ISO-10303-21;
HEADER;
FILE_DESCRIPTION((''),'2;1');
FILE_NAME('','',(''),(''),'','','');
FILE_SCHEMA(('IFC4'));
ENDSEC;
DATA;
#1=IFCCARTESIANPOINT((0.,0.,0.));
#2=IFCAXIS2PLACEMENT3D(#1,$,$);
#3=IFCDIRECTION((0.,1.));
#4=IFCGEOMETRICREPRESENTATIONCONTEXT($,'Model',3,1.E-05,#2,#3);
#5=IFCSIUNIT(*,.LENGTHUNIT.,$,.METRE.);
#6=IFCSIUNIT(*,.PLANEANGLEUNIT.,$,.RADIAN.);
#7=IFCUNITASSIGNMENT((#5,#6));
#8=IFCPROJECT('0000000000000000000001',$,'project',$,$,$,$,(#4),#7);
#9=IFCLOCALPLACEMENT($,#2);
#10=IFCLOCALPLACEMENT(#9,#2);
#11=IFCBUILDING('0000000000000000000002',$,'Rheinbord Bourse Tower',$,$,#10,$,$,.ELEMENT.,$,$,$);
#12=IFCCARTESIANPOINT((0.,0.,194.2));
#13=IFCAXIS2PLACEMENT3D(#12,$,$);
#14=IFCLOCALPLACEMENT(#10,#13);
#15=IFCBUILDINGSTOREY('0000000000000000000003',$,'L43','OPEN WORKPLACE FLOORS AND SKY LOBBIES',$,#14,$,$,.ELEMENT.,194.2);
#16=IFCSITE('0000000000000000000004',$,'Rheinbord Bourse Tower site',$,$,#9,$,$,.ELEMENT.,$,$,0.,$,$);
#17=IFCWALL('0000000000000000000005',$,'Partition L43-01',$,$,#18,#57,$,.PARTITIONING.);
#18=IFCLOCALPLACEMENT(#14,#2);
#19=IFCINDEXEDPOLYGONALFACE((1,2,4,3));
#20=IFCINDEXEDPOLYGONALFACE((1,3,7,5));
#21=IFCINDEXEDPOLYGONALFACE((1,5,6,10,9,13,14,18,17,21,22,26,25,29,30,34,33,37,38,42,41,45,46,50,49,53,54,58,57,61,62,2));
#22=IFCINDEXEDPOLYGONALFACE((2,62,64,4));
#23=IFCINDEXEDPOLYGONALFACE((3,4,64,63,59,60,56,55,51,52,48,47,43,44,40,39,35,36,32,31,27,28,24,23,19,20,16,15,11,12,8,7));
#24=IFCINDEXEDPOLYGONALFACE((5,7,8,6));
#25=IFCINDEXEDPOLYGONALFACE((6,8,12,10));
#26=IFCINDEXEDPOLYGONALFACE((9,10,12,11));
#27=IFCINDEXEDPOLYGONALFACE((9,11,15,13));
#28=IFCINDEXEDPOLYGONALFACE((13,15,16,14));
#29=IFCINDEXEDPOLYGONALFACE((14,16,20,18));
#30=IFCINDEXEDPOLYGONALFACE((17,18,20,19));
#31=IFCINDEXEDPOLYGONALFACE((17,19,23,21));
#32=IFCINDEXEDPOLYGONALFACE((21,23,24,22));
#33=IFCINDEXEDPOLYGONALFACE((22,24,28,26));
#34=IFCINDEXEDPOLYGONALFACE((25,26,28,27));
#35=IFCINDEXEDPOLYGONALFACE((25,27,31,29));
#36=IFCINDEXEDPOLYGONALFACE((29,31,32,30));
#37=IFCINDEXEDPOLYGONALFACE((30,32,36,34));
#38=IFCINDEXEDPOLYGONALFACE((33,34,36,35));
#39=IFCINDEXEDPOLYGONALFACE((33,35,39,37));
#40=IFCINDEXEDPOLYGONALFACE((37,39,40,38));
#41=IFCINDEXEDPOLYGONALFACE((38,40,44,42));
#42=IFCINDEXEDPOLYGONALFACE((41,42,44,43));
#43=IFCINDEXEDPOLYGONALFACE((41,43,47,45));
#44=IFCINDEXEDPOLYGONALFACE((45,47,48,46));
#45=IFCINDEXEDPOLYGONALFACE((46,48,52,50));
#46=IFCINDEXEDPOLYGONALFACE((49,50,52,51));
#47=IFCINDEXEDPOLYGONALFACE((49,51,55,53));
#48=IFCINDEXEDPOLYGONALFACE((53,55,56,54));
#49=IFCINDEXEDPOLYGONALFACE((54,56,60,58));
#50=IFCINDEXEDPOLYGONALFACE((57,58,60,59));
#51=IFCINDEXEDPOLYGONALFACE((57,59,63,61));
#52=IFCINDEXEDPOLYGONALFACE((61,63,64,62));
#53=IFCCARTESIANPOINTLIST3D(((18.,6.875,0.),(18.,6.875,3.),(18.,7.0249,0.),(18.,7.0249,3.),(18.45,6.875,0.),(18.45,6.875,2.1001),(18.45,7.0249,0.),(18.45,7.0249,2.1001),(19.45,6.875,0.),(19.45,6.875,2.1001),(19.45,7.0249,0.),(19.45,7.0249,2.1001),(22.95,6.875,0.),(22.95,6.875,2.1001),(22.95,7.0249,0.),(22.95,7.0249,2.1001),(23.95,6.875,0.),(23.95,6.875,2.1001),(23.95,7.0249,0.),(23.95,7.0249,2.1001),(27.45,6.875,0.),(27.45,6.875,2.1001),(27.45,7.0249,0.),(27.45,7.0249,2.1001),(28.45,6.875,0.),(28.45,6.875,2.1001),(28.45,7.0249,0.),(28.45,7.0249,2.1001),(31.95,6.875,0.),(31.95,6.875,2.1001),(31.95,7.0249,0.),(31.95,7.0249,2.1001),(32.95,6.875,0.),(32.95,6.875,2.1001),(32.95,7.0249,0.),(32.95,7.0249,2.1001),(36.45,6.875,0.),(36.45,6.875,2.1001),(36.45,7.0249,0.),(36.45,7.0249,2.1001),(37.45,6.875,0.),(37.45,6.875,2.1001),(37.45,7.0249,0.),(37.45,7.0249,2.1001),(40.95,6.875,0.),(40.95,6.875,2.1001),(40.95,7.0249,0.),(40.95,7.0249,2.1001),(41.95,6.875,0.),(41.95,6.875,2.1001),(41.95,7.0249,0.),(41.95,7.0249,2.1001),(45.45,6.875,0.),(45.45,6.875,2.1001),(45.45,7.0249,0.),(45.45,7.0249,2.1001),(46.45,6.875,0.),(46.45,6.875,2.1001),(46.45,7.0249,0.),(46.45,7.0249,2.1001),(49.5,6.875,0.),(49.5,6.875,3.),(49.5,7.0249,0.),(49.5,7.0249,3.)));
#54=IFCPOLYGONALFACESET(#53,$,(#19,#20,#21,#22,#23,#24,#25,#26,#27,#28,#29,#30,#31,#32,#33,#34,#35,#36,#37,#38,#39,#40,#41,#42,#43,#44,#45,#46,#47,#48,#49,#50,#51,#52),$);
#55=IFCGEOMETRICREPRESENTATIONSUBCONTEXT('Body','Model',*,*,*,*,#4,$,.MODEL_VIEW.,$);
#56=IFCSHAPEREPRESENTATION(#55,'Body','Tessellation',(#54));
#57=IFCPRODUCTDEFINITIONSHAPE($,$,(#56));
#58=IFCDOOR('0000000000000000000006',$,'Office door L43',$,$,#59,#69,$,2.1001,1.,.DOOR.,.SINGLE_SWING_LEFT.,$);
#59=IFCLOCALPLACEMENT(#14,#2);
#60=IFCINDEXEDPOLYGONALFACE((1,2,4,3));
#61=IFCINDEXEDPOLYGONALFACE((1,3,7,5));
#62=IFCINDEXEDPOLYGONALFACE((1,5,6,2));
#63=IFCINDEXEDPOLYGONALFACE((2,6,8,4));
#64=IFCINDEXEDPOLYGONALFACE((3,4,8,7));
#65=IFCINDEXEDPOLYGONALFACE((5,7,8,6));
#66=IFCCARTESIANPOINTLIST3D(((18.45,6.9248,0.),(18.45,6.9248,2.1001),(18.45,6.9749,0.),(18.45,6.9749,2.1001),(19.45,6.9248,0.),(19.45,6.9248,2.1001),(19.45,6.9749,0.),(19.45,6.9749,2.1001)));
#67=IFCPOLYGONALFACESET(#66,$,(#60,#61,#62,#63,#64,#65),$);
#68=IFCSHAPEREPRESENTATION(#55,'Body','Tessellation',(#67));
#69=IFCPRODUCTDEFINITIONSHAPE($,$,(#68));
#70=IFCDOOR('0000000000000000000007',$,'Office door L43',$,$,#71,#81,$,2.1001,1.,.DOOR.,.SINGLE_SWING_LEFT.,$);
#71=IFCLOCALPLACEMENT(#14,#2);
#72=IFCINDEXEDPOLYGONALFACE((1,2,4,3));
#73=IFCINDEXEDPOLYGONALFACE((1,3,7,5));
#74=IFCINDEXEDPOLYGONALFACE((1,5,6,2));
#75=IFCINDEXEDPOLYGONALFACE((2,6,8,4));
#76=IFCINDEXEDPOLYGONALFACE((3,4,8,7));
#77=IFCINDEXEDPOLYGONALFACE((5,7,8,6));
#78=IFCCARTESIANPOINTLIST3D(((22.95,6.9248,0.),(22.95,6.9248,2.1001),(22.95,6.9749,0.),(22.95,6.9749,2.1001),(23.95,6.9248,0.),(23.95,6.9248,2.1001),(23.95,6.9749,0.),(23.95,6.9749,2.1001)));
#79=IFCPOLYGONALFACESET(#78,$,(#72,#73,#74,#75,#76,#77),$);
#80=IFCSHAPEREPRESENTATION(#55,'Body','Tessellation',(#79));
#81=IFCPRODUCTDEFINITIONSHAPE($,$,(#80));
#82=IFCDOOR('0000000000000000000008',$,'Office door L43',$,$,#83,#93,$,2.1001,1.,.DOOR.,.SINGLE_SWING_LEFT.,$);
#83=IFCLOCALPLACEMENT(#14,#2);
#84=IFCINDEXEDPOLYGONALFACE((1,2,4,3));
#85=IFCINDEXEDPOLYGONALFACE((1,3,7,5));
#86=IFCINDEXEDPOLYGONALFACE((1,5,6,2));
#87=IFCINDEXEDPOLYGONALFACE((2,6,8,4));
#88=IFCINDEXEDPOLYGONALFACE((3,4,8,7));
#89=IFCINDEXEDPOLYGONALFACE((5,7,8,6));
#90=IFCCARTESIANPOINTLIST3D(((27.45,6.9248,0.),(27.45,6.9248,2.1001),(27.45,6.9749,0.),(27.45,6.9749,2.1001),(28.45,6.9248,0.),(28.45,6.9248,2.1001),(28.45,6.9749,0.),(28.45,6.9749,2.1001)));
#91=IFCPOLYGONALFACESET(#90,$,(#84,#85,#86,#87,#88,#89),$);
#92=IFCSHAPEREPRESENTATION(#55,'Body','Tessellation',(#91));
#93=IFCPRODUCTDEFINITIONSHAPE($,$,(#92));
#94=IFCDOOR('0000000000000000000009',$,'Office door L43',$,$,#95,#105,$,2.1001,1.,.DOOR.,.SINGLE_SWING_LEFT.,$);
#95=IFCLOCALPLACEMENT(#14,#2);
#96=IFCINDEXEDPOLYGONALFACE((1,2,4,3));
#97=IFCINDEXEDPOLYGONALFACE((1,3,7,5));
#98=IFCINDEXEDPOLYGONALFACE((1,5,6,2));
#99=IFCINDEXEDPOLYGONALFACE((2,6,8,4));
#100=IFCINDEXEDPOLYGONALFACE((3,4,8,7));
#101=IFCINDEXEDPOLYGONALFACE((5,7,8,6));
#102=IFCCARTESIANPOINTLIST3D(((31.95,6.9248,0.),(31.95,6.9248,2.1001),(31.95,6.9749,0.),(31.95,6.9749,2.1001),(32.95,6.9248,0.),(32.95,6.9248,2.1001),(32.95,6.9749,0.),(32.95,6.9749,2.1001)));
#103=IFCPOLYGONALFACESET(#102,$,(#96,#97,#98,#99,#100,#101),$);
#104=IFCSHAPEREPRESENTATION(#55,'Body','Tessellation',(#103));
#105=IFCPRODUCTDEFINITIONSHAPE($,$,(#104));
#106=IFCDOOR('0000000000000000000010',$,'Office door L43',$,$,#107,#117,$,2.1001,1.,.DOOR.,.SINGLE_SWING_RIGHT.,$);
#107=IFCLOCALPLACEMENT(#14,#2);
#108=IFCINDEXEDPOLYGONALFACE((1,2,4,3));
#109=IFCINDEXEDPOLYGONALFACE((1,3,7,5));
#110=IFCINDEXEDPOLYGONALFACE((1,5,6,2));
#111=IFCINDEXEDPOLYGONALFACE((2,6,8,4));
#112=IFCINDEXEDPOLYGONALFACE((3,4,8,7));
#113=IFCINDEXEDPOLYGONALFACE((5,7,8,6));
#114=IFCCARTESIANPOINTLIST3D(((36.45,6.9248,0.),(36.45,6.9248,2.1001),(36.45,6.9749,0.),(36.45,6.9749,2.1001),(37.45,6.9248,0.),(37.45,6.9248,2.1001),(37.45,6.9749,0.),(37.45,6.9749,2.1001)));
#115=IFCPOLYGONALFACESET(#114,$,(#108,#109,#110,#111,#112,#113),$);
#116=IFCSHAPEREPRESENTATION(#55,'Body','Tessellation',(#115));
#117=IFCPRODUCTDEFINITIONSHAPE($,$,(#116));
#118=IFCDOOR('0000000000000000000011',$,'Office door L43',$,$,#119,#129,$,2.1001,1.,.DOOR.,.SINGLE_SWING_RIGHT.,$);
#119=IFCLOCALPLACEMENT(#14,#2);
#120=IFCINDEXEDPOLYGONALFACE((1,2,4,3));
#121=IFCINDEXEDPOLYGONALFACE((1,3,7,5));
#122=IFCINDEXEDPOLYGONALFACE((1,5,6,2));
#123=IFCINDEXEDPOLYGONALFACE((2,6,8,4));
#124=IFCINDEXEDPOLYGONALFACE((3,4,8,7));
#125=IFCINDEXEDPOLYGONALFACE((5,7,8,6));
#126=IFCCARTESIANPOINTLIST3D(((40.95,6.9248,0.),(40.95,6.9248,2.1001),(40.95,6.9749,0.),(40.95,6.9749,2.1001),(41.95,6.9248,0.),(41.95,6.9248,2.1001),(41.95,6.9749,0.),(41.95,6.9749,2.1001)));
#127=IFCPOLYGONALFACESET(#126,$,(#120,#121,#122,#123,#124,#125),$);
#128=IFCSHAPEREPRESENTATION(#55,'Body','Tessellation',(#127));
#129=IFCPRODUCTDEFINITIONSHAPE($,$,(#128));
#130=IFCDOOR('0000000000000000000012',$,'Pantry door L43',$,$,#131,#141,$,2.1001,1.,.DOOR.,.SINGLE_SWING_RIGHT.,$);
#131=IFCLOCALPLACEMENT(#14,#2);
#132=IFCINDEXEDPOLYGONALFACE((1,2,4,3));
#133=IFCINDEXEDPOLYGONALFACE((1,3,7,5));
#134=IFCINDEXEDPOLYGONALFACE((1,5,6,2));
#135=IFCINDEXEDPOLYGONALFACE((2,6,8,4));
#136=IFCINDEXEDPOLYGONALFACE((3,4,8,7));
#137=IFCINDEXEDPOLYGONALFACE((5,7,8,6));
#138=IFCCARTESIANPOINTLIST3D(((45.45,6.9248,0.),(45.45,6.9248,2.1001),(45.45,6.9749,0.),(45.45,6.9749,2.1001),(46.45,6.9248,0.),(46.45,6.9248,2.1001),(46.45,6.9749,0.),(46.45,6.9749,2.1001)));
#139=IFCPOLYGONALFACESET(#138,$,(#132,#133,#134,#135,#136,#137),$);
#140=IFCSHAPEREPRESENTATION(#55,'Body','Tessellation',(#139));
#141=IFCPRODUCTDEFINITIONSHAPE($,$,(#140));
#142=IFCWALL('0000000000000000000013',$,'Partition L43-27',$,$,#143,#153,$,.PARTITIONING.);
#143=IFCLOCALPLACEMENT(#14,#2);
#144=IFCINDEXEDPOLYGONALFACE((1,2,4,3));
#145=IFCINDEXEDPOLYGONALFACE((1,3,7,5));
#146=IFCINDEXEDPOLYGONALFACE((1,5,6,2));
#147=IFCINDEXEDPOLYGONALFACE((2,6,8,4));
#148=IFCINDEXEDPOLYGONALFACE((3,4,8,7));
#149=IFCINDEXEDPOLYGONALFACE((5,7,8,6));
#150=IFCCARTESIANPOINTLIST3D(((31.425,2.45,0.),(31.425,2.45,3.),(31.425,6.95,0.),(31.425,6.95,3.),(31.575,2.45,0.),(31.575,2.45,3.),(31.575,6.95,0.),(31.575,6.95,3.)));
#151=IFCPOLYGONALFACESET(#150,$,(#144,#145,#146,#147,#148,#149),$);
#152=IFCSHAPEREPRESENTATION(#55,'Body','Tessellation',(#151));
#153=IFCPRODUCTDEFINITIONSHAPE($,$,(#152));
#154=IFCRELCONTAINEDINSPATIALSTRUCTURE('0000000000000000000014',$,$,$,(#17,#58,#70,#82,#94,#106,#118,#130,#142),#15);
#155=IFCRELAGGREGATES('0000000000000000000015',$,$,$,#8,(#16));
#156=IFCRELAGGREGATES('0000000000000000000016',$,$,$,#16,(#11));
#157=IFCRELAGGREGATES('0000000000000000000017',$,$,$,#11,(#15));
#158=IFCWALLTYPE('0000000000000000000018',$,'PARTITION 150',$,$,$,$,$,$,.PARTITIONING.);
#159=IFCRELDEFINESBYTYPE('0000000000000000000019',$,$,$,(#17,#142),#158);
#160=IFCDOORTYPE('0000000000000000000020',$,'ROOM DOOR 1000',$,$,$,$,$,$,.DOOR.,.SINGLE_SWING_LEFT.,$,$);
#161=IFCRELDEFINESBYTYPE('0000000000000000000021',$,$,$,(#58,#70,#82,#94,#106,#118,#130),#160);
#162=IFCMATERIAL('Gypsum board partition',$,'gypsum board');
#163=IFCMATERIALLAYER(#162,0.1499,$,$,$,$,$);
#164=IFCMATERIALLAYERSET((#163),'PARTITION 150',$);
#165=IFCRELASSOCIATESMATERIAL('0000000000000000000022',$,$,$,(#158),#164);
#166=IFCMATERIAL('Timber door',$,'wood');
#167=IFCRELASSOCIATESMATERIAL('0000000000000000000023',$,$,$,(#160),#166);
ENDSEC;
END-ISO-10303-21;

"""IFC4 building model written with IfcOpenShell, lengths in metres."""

from ifc_helpers import new_model, si_unit, direction, frame, frame_2d, origin, place, context, subcontext, project, spatial, rectangle, extrude, material, layer, layer_set, type_object, element, fill, save


model = new_model("IFC4")

# Units and contexts
model_context = context("Model", 3, precision=1e-05, world=origin(), true_north=direction((0.0, 1.0)))
body_context = subcontext(model_context, "Body", "Model", "MODEL_VIEW")
ifc_project = project(units=[si_unit("LENGTHUNIT", "METRE"), si_unit("PLANEANGLEUNIT", "RADIAN")], contexts=[model_context])

# Site, building, storey
site_placement = place(None, origin())
site = spatial("IfcSite", under=ifc_project, at=site_placement, Name="Rheinbord Bourse Tower site", CompositionType="ELEMENT", RefElevation=0.0)
building_placement = place(site_placement, origin())
building = spatial("IfcBuilding", under=site, at=building_placement, Name="Rheinbord Bourse Tower", CompositionType="ELEMENT")
storey_placement = place(building_placement, frame((0.0, 0.0, 194.2)))
storey = spatial("IfcBuildingStorey", under=building, at=storey_placement, Name="L43", Description="OPEN WORKPLACE FLOORS AND SKY LOBBIES", CompositionType="ELEMENT", Elevation=194.2)

# Wall, openings, doors
ifc_material_1 = material(Name="Gypsum board partition", Category="gypsum board")
ifc_layer_1 = layer(ifc_material_1, 0.1499)
ifc_layer_set_1 = layer_set([ifc_layer_1], Name="PARTITION 150")
wall_type_1 = type_object("IfcWallType", Name="PARTITION 150", PredefinedType="PARTITIONING", material=ifc_layer_set_1)
wall_1_placement = place(storey_placement, frame((18.0, 6.95, 0.0), z_axis=(0.0, 0.0, 1.0), x_axis=(1.0, 0.0, 0.0)))
wall_1 = element("IfcWall", 1, at=wall_1_placement, inside=storey, type_object=wall_type_1, Name="Partition L43-01", PredefinedType="PARTITIONING", context=body_context, shape_type="SweptSolid", body=[
    extrude(rectangle(XDim=31.5, YDim=0.1499, at=frame_2d((15.75, 0.0))), origin(), (0.0, 0.0, 1.0), 3.0),
])
opening_1_placement = place(wall_1_placement, frame((0.45, 0.0, 0.0)))
opening_1 = element("IfcOpeningElement", 2, at=opening_1_placement, cuts=wall_1, PredefinedType="OPENING", context=body_context, shape_type="SweptSolid", body=[
    extrude(rectangle(XDim=1.0, YDim=2.1001, at=frame_2d((0.5, 1.05))), frame((0.0, 0.085, 0.0), z_axis=(0.0, -1.0, 0.0), x_axis=(1.0, 0.0, 0.0)), (0.0, 0.0, 1.0), 0.1699),
])
opening_2_placement = place(wall_1_placement, frame((4.95, 0.0, 0.0)))
opening_2 = element("IfcOpeningElement", 3, at=opening_2_placement, cuts=wall_1, PredefinedType="OPENING", context=body_context, shape_type="SweptSolid", body=[
    extrude(rectangle(XDim=1.0, YDim=2.1001, at=frame_2d((0.5, 1.05))), frame((0.0, 0.085, 0.0), z_axis=(0.0, -1.0, 0.0), x_axis=(1.0, 0.0, 0.0)), (0.0, 0.0, 1.0), 0.1699),
])
opening_3_placement = place(wall_1_placement, frame((9.45, 0.0, 0.0)))
opening_3 = element("IfcOpeningElement", 4, at=opening_3_placement, cuts=wall_1, PredefinedType="OPENING", context=body_context, shape_type="SweptSolid", body=[
    extrude(rectangle(XDim=1.0, YDim=2.1001, at=frame_2d((0.5, 1.05))), frame((0.0, 0.085, 0.0), z_axis=(0.0, -1.0, 0.0), x_axis=(1.0, 0.0, 0.0)), (0.0, 0.0, 1.0), 0.1699),
])
opening_4_placement = place(wall_1_placement, frame((13.95, 0.0, 0.0)))
opening_4 = element("IfcOpeningElement", 5, at=opening_4_placement, cuts=wall_1, PredefinedType="OPENING", context=body_context, shape_type="SweptSolid", body=[
    extrude(rectangle(XDim=1.0, YDim=2.1001, at=frame_2d((0.5, 1.05))), frame((0.0, 0.085, 0.0), z_axis=(0.0, -1.0, 0.0), x_axis=(1.0, 0.0, 0.0)), (0.0, 0.0, 1.0), 0.1699),
])
opening_5_placement = place(wall_1_placement, frame((18.45, 0.0, 0.0)))
opening_5 = element("IfcOpeningElement", 6, at=opening_5_placement, cuts=wall_1, PredefinedType="OPENING", context=body_context, shape_type="SweptSolid", body=[
    extrude(rectangle(XDim=1.0, YDim=2.1001, at=frame_2d((0.5, 1.05))), frame((0.0, 0.085, 0.0), z_axis=(0.0, -1.0, 0.0), x_axis=(1.0, 0.0, 0.0)), (0.0, 0.0, 1.0), 0.1699),
])
opening_6_placement = place(wall_1_placement, frame((22.95, 0.0, 0.0)))
opening_6 = element("IfcOpeningElement", 7, at=opening_6_placement, cuts=wall_1, PredefinedType="OPENING", context=body_context, shape_type="SweptSolid", body=[
    extrude(rectangle(XDim=1.0, YDim=2.1001, at=frame_2d((0.5, 1.05))), frame((0.0, 0.085, 0.0), z_axis=(0.0, -1.0, 0.0), x_axis=(1.0, 0.0, 0.0)), (0.0, 0.0, 1.0), 0.1699),
])
opening_7_placement = place(wall_1_placement, frame((27.45, 0.0, 0.0)))
opening_7 = element("IfcOpeningElement", 8, at=opening_7_placement, cuts=wall_1, PredefinedType="OPENING", context=body_context, shape_type="SweptSolid", body=[
    extrude(rectangle(XDim=1.0, YDim=2.1001, at=frame_2d((0.5, 1.05))), frame((0.0, 0.085, 0.0), z_axis=(0.0, -1.0, 0.0), x_axis=(1.0, 0.0, 0.0)), (0.0, 0.0, 1.0), 0.1699),
])
ifc_material_2 = material(Name="Timber door", Category="wood")
door_type_1 = type_object("IfcDoorType", Name="ROOM DOOR 1000", OperationType="SINGLE_SWING_LEFT", PredefinedType="DOOR", material=ifc_material_2)
door_1_placement = place(opening_1_placement, origin())
door_1 = element("IfcDoor", 9, at=door_1_placement, inside=storey, type_object=door_type_1, Name="Office door L43", OperationType="SINGLE_SWING_LEFT", OverallHeight=2.1001, OverallWidth=1.0, PredefinedType="DOOR", context=body_context, shape_type="SweptSolid", body=[
    extrude(rectangle(XDim=1.0, YDim=2.1001, at=frame_2d((0.5, 1.05))), frame((0.0, 0.0249, 0.0), z_axis=(0.0, -1.0, 0.0), x_axis=(1.0, 0.0, 0.0)), (0.0, 0.0, 1.0), 0.05),
])
fill(opening_1, door_1)
door_2_placement = place(opening_2_placement, origin())
door_2 = element("IfcDoor", 10, at=door_2_placement, inside=storey, type_object=door_type_1, Name="Office door L43", OperationType="SINGLE_SWING_LEFT", OverallHeight=2.1001, OverallWidth=1.0, PredefinedType="DOOR", context=body_context, shape_type="SweptSolid", body=[
    extrude(rectangle(XDim=1.0, YDim=2.1001, at=frame_2d((0.5, 1.05))), frame((0.0, 0.0249, 0.0), z_axis=(0.0, -1.0, 0.0), x_axis=(1.0, 0.0, 0.0)), (0.0, 0.0, 1.0), 0.05),
])
fill(opening_2, door_2)
door_3_placement = place(opening_3_placement, origin())
door_3 = element("IfcDoor", 11, at=door_3_placement, inside=storey, type_object=door_type_1, Name="Office door L43", OperationType="SINGLE_SWING_LEFT", OverallHeight=2.1001, OverallWidth=1.0, PredefinedType="DOOR", context=body_context, shape_type="SweptSolid", body=[
    extrude(rectangle(XDim=1.0, YDim=2.1001, at=frame_2d((0.5, 1.05))), frame((0.0, 0.0249, 0.0), z_axis=(0.0, -1.0, 0.0), x_axis=(1.0, 0.0, 0.0)), (0.0, 0.0, 1.0), 0.05),
])
fill(opening_3, door_3)
door_4_placement = place(opening_4_placement, origin())
door_4 = element("IfcDoor", 12, at=door_4_placement, inside=storey, type_object=door_type_1, Name="Office door L43", OperationType="SINGLE_SWING_LEFT", OverallHeight=2.1001, OverallWidth=1.0, PredefinedType="DOOR", context=body_context, shape_type="SweptSolid", body=[
    extrude(rectangle(XDim=1.0, YDim=2.1001, at=frame_2d((0.5, 1.05))), frame((0.0, 0.0249, 0.0), z_axis=(0.0, -1.0, 0.0), x_axis=(1.0, 0.0, 0.0)), (0.0, 0.0, 1.0), 0.05),
])
fill(opening_4, door_4)
door_5_placement = place(opening_5_placement, origin())
door_5 = element("IfcDoor", 13, at=door_5_placement, inside=storey, type_object=door_type_1, Name="Office door L43", OperationType="SINGLE_SWING_RIGHT", OverallHeight=2.1001, OverallWidth=1.0, PredefinedType="DOOR", context=body_context, shape_type="SweptSolid", body=[
    extrude(rectangle(XDim=1.0, YDim=2.1001, at=frame_2d((0.5, 1.05))), frame((0.0, 0.0249, 0.0), z_axis=(0.0, -1.0, 0.0), x_axis=(1.0, 0.0, 0.0)), (0.0, 0.0, 1.0), 0.05),
])
fill(opening_5, door_5)
door_6_placement = place(opening_6_placement, origin())
door_6 = element("IfcDoor", 14, at=door_6_placement, inside=storey, type_object=door_type_1, Name="Office door L43", OperationType="SINGLE_SWING_RIGHT", OverallHeight=2.1001, OverallWidth=1.0, PredefinedType="DOOR", context=body_context, shape_type="SweptSolid", body=[
    extrude(rectangle(XDim=1.0, YDim=2.1001, at=frame_2d((0.5, 1.05))), frame((0.0, 0.0249, 0.0), z_axis=(0.0, -1.0, 0.0), x_axis=(1.0, 0.0, 0.0)), (0.0, 0.0, 1.0), 0.05),
])
fill(opening_6, door_6)
door_7_placement = place(opening_7_placement, origin())
door_7 = element("IfcDoor", 15, at=door_7_placement, inside=storey, type_object=door_type_1, Name="Pantry door L43", OperationType="SINGLE_SWING_RIGHT", OverallHeight=2.1001, OverallWidth=1.0, PredefinedType="DOOR", context=body_context, shape_type="SweptSolid", body=[
    extrude(rectangle(XDim=1.0, YDim=2.1001, at=frame_2d((0.5, 1.05))), frame((0.0, 0.0249, 0.0), z_axis=(0.0, -1.0, 0.0), x_axis=(1.0, 0.0, 0.0)), (0.0, 0.0, 1.0), 0.05),
])
fill(opening_7, door_7)

# Wall
wall_2_placement = place(storey_placement, frame((31.5, 2.45, 0.0), z_axis=(0.0, 0.0, 1.0), x_axis=(0.0, 1.0, 0.0)))
element("IfcWall", 16, at=wall_2_placement, inside=storey, type_object=wall_type_1, Name="Partition L43-27", PredefinedType="PARTITIONING", context=body_context, shape_type="SweptSolid", body=[
    extrude(rectangle(XDim=4.5, YDim=0.1499, at=frame_2d((2.25, 0.0))), origin(), (0.0, 0.0, 1.0), 3.0),
])

save(model, "model.ifc")
